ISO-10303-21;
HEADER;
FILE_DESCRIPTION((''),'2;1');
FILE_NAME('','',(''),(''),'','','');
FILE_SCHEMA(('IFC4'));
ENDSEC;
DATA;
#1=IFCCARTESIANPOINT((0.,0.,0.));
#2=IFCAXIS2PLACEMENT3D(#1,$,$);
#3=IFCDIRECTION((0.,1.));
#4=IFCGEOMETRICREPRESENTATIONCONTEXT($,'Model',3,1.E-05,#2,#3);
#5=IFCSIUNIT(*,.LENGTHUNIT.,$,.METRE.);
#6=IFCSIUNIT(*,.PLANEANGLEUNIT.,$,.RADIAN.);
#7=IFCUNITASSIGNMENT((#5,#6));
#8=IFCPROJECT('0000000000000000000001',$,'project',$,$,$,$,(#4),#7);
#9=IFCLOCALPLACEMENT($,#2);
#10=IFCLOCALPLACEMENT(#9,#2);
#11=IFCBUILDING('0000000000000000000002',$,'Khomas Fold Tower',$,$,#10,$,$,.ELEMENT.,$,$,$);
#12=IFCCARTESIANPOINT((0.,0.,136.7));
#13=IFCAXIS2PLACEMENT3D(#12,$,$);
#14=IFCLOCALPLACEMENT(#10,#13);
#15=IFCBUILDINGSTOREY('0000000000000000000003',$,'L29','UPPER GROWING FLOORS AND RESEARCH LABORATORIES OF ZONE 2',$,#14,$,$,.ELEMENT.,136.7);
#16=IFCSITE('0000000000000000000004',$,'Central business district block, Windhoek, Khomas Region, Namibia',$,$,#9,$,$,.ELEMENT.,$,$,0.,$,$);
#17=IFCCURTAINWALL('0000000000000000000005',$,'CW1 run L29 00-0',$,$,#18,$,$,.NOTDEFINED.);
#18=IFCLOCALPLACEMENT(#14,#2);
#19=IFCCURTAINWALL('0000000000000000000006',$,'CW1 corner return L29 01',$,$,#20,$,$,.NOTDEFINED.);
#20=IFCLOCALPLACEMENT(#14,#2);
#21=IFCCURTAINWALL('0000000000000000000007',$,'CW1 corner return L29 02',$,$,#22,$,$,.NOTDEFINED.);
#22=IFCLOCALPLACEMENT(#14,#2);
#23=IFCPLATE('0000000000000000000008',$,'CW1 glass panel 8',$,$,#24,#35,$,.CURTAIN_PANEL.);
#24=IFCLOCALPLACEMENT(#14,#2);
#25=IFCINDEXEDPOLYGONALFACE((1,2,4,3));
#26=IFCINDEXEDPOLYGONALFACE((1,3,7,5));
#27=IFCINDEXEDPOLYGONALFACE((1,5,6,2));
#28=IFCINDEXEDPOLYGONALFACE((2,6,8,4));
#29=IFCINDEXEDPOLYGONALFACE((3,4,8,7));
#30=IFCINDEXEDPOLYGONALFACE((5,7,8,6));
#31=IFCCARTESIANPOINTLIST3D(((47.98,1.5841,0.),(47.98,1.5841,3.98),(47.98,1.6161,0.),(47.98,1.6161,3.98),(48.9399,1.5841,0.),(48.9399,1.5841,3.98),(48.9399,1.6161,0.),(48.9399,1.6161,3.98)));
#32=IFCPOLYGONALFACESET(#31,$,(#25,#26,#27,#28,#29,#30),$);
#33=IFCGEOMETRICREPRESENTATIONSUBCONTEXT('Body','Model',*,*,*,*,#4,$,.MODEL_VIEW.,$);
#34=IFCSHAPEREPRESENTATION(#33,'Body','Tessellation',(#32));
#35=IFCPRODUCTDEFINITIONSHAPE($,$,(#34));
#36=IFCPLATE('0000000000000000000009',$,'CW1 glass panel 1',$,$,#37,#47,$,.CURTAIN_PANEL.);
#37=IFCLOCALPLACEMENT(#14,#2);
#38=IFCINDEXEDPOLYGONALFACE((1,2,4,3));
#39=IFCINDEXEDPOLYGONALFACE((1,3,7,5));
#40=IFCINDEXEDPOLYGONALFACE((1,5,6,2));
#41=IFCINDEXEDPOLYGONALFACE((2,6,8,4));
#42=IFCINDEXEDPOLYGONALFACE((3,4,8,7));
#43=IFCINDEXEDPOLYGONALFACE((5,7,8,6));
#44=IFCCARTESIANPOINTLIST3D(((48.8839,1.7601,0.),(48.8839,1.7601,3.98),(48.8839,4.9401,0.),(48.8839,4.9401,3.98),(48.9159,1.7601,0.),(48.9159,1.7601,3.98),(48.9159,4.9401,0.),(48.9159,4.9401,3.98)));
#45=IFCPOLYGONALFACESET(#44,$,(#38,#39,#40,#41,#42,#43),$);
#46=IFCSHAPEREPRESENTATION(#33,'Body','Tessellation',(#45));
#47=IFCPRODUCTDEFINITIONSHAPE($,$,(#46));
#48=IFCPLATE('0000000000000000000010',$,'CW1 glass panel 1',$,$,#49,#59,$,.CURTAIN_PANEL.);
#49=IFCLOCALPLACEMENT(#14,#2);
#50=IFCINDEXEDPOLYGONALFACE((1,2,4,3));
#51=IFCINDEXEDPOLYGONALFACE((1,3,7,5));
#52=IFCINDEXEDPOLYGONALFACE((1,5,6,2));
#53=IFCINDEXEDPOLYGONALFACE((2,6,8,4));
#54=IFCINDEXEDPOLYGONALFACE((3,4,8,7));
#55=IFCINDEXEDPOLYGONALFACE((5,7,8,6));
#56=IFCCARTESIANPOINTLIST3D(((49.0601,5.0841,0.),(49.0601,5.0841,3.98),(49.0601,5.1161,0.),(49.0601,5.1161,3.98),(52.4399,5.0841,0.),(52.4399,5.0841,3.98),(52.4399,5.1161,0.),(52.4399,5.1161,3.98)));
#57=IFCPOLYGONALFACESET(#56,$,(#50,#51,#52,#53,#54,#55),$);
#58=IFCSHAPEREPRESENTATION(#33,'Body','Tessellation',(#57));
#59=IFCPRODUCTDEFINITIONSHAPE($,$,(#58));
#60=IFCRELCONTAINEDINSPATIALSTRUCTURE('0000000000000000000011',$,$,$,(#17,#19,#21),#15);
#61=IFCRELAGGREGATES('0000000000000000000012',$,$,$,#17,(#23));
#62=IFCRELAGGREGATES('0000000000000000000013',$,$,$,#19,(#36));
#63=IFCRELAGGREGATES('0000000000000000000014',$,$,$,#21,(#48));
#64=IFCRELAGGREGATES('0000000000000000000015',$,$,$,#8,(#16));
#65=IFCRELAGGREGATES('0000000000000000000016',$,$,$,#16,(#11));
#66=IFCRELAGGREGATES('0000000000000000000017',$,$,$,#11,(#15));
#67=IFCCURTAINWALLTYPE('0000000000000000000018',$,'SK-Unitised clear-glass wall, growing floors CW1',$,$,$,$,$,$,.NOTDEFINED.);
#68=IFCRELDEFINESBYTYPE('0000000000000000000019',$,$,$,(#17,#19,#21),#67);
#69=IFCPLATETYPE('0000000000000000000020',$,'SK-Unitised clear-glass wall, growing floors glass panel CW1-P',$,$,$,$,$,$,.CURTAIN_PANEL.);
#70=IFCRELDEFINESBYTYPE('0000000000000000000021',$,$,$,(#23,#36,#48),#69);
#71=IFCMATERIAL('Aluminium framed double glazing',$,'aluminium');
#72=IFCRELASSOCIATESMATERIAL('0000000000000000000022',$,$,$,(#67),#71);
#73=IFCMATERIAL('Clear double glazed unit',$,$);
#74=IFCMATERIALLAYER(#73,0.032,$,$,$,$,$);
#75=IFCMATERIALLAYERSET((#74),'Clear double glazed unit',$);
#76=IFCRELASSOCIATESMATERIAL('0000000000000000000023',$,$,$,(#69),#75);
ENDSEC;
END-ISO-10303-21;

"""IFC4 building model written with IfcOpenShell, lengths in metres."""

from ifc_helpers import new_model, si_unit, direction, frame, origin, origin_2d, place, context, subcontext, project, spatial, rectangle, extrude, source, transform, mapped, material, layer, layer_set, type_object, element, aggregate, save


model = new_model("IFC4")

# Units and contexts
model_context = context("Model", 3, precision=1e-05, world=origin(), true_north=direction((0.0, 1.0)))
body_context = subcontext(model_context, "Body", "Model", "MODEL_VIEW")
ifc_project = project(units=[si_unit("LENGTHUNIT", "METRE"), si_unit("PLANEANGLEUNIT", "RADIAN")], contexts=[model_context])

# Site, building, storey
site_placement = place(None, origin())
site = spatial("IfcSite", under=ifc_project, at=site_placement, Name="Central business district block, Windhoek, Khomas Region, Namibia", CompositionType="ELEMENT", RefElevation=0.0)
building_placement = place(site_placement, origin())
building = spatial("IfcBuilding", under=site, at=building_placement, Name="Khomas Fold Tower", CompositionType="ELEMENT")
storey_placement = place(building_placement, frame((0.0, 0.0, 136.7)))
storey = spatial("IfcBuildingStorey", under=building, at=storey_placement, Name="L29", Description="UPPER GROWING FLOORS AND RESEARCH LABORATORIES OF ZONE 2", CompositionType="ELEMENT", Elevation=136.7)

# Curtain walls
ifc_material_1 = material(Name="Aluminium framed double glazing", Category="aluminium")
curtain_wall_type = type_object("IfcCurtainWallType", Name="SK-Unitised clear-glass wall, growing floors CW1", PredefinedType="NOTDEFINED", material=ifc_material_1)
curtain_wall_1_placement = place(storey_placement, origin())
curtain_wall_1 = element("IfcCurtainWall", 1, at=curtain_wall_1_placement, inside=storey, type_object=curtain_wall_type, Name="CW1 run L29 00-0", PredefinedType="NOTDEFINED")
curtain_wall_2_placement = place(storey_placement, origin())
curtain_wall_2 = element("IfcCurtainWall", 2, at=curtain_wall_2_placement, inside=storey, type_object=curtain_wall_type, Name="CW1 corner return L29 01", PredefinedType="NOTDEFINED")
curtain_wall_3_placement = place(storey_placement, origin())
curtain_wall_3 = element("IfcCurtainWall", 3, at=curtain_wall_3_placement, inside=storey, type_object=curtain_wall_type, Name="CW1 corner return L29 02", PredefinedType="NOTDEFINED")

# Plates
ifc_material_2 = material(Name="Clear double glazed unit")
ifc_layer = layer(ifc_material_2, 0.032)
ifc_layer_set = layer_set([ifc_layer], Name="Clear double glazed unit")
plate_type = type_object("IfcPlateType", Name="SK-Unitised clear-glass wall, growing floors glass panel CW1-P", PredefinedType="CURTAIN_PANEL", material=ifc_layer_set)
shared_shape_1 = source(origin(), body_context, "Body", "SweptSolid", [
    extrude(rectangle(XDim=0.96, YDim=0.032, at=origin_2d()), origin(), (0.0, 0.0, 1.0), 3.98),
])
plate_1_placement = place(storey_placement, frame((48.46, 1.6001, 0.0), z_axis=(0.0, 0.0, 1.0), x_axis=(1.0, 0.0, 0.0)))
plate_1 = element("IfcPlate", 4, at=plate_1_placement, type_object=plate_type, Name="CW1 glass panel 8", PredefinedType="CURTAIN_PANEL", context=body_context, shape_type="MappedRepresentation", body=[
    mapped(shared_shape_1, transform((0.0, 0.0, 0.0))),
])
aggregate(curtain_wall_1, [plate_1])
shared_shape_2 = source(origin(), body_context, "Body", "SweptSolid", [
    extrude(rectangle(XDim=3.1799, YDim=0.032, at=origin_2d()), origin(), (0.0, 0.0, 1.0), 3.98),
])
plate_2_placement = place(storey_placement, frame((48.8999, 3.3501, 0.0), z_axis=(0.0, 0.0, 1.0), x_axis=(0.0, 1.0, 0.0)))
plate_2 = element("IfcPlate", 5, at=plate_2_placement, type_object=plate_type, Name="CW1 glass panel 1", PredefinedType="CURTAIN_PANEL", context=body_context, shape_type="MappedRepresentation", body=[
    mapped(shared_shape_2, transform((0.0, 0.0, 0.0))),
])
aggregate(curtain_wall_2, [plate_2])
shared_shape_3 = source(origin(), body_context, "Body", "SweptSolid", [
    extrude(rectangle(XDim=3.3799, YDim=0.032, at=origin_2d()), origin(), (0.0, 0.0, 1.0), 3.98),
])
plate_3_placement = place(storey_placement, frame((50.75, 5.1001, 0.0), z_axis=(0.0, 0.0, 1.0), x_axis=(1.0, 0.0, 0.0)))
plate_3 = element("IfcPlate", 6, at=plate_3_placement, type_object=plate_type, Name="CW1 glass panel 1", PredefinedType="CURTAIN_PANEL", context=body_context, shape_type="MappedRepresentation", body=[
    mapped(shared_shape_3, transform((0.0, 0.0, 0.0))),
])
aggregate(curtain_wall_3, [plate_3])

save(model, "model.ifc")
